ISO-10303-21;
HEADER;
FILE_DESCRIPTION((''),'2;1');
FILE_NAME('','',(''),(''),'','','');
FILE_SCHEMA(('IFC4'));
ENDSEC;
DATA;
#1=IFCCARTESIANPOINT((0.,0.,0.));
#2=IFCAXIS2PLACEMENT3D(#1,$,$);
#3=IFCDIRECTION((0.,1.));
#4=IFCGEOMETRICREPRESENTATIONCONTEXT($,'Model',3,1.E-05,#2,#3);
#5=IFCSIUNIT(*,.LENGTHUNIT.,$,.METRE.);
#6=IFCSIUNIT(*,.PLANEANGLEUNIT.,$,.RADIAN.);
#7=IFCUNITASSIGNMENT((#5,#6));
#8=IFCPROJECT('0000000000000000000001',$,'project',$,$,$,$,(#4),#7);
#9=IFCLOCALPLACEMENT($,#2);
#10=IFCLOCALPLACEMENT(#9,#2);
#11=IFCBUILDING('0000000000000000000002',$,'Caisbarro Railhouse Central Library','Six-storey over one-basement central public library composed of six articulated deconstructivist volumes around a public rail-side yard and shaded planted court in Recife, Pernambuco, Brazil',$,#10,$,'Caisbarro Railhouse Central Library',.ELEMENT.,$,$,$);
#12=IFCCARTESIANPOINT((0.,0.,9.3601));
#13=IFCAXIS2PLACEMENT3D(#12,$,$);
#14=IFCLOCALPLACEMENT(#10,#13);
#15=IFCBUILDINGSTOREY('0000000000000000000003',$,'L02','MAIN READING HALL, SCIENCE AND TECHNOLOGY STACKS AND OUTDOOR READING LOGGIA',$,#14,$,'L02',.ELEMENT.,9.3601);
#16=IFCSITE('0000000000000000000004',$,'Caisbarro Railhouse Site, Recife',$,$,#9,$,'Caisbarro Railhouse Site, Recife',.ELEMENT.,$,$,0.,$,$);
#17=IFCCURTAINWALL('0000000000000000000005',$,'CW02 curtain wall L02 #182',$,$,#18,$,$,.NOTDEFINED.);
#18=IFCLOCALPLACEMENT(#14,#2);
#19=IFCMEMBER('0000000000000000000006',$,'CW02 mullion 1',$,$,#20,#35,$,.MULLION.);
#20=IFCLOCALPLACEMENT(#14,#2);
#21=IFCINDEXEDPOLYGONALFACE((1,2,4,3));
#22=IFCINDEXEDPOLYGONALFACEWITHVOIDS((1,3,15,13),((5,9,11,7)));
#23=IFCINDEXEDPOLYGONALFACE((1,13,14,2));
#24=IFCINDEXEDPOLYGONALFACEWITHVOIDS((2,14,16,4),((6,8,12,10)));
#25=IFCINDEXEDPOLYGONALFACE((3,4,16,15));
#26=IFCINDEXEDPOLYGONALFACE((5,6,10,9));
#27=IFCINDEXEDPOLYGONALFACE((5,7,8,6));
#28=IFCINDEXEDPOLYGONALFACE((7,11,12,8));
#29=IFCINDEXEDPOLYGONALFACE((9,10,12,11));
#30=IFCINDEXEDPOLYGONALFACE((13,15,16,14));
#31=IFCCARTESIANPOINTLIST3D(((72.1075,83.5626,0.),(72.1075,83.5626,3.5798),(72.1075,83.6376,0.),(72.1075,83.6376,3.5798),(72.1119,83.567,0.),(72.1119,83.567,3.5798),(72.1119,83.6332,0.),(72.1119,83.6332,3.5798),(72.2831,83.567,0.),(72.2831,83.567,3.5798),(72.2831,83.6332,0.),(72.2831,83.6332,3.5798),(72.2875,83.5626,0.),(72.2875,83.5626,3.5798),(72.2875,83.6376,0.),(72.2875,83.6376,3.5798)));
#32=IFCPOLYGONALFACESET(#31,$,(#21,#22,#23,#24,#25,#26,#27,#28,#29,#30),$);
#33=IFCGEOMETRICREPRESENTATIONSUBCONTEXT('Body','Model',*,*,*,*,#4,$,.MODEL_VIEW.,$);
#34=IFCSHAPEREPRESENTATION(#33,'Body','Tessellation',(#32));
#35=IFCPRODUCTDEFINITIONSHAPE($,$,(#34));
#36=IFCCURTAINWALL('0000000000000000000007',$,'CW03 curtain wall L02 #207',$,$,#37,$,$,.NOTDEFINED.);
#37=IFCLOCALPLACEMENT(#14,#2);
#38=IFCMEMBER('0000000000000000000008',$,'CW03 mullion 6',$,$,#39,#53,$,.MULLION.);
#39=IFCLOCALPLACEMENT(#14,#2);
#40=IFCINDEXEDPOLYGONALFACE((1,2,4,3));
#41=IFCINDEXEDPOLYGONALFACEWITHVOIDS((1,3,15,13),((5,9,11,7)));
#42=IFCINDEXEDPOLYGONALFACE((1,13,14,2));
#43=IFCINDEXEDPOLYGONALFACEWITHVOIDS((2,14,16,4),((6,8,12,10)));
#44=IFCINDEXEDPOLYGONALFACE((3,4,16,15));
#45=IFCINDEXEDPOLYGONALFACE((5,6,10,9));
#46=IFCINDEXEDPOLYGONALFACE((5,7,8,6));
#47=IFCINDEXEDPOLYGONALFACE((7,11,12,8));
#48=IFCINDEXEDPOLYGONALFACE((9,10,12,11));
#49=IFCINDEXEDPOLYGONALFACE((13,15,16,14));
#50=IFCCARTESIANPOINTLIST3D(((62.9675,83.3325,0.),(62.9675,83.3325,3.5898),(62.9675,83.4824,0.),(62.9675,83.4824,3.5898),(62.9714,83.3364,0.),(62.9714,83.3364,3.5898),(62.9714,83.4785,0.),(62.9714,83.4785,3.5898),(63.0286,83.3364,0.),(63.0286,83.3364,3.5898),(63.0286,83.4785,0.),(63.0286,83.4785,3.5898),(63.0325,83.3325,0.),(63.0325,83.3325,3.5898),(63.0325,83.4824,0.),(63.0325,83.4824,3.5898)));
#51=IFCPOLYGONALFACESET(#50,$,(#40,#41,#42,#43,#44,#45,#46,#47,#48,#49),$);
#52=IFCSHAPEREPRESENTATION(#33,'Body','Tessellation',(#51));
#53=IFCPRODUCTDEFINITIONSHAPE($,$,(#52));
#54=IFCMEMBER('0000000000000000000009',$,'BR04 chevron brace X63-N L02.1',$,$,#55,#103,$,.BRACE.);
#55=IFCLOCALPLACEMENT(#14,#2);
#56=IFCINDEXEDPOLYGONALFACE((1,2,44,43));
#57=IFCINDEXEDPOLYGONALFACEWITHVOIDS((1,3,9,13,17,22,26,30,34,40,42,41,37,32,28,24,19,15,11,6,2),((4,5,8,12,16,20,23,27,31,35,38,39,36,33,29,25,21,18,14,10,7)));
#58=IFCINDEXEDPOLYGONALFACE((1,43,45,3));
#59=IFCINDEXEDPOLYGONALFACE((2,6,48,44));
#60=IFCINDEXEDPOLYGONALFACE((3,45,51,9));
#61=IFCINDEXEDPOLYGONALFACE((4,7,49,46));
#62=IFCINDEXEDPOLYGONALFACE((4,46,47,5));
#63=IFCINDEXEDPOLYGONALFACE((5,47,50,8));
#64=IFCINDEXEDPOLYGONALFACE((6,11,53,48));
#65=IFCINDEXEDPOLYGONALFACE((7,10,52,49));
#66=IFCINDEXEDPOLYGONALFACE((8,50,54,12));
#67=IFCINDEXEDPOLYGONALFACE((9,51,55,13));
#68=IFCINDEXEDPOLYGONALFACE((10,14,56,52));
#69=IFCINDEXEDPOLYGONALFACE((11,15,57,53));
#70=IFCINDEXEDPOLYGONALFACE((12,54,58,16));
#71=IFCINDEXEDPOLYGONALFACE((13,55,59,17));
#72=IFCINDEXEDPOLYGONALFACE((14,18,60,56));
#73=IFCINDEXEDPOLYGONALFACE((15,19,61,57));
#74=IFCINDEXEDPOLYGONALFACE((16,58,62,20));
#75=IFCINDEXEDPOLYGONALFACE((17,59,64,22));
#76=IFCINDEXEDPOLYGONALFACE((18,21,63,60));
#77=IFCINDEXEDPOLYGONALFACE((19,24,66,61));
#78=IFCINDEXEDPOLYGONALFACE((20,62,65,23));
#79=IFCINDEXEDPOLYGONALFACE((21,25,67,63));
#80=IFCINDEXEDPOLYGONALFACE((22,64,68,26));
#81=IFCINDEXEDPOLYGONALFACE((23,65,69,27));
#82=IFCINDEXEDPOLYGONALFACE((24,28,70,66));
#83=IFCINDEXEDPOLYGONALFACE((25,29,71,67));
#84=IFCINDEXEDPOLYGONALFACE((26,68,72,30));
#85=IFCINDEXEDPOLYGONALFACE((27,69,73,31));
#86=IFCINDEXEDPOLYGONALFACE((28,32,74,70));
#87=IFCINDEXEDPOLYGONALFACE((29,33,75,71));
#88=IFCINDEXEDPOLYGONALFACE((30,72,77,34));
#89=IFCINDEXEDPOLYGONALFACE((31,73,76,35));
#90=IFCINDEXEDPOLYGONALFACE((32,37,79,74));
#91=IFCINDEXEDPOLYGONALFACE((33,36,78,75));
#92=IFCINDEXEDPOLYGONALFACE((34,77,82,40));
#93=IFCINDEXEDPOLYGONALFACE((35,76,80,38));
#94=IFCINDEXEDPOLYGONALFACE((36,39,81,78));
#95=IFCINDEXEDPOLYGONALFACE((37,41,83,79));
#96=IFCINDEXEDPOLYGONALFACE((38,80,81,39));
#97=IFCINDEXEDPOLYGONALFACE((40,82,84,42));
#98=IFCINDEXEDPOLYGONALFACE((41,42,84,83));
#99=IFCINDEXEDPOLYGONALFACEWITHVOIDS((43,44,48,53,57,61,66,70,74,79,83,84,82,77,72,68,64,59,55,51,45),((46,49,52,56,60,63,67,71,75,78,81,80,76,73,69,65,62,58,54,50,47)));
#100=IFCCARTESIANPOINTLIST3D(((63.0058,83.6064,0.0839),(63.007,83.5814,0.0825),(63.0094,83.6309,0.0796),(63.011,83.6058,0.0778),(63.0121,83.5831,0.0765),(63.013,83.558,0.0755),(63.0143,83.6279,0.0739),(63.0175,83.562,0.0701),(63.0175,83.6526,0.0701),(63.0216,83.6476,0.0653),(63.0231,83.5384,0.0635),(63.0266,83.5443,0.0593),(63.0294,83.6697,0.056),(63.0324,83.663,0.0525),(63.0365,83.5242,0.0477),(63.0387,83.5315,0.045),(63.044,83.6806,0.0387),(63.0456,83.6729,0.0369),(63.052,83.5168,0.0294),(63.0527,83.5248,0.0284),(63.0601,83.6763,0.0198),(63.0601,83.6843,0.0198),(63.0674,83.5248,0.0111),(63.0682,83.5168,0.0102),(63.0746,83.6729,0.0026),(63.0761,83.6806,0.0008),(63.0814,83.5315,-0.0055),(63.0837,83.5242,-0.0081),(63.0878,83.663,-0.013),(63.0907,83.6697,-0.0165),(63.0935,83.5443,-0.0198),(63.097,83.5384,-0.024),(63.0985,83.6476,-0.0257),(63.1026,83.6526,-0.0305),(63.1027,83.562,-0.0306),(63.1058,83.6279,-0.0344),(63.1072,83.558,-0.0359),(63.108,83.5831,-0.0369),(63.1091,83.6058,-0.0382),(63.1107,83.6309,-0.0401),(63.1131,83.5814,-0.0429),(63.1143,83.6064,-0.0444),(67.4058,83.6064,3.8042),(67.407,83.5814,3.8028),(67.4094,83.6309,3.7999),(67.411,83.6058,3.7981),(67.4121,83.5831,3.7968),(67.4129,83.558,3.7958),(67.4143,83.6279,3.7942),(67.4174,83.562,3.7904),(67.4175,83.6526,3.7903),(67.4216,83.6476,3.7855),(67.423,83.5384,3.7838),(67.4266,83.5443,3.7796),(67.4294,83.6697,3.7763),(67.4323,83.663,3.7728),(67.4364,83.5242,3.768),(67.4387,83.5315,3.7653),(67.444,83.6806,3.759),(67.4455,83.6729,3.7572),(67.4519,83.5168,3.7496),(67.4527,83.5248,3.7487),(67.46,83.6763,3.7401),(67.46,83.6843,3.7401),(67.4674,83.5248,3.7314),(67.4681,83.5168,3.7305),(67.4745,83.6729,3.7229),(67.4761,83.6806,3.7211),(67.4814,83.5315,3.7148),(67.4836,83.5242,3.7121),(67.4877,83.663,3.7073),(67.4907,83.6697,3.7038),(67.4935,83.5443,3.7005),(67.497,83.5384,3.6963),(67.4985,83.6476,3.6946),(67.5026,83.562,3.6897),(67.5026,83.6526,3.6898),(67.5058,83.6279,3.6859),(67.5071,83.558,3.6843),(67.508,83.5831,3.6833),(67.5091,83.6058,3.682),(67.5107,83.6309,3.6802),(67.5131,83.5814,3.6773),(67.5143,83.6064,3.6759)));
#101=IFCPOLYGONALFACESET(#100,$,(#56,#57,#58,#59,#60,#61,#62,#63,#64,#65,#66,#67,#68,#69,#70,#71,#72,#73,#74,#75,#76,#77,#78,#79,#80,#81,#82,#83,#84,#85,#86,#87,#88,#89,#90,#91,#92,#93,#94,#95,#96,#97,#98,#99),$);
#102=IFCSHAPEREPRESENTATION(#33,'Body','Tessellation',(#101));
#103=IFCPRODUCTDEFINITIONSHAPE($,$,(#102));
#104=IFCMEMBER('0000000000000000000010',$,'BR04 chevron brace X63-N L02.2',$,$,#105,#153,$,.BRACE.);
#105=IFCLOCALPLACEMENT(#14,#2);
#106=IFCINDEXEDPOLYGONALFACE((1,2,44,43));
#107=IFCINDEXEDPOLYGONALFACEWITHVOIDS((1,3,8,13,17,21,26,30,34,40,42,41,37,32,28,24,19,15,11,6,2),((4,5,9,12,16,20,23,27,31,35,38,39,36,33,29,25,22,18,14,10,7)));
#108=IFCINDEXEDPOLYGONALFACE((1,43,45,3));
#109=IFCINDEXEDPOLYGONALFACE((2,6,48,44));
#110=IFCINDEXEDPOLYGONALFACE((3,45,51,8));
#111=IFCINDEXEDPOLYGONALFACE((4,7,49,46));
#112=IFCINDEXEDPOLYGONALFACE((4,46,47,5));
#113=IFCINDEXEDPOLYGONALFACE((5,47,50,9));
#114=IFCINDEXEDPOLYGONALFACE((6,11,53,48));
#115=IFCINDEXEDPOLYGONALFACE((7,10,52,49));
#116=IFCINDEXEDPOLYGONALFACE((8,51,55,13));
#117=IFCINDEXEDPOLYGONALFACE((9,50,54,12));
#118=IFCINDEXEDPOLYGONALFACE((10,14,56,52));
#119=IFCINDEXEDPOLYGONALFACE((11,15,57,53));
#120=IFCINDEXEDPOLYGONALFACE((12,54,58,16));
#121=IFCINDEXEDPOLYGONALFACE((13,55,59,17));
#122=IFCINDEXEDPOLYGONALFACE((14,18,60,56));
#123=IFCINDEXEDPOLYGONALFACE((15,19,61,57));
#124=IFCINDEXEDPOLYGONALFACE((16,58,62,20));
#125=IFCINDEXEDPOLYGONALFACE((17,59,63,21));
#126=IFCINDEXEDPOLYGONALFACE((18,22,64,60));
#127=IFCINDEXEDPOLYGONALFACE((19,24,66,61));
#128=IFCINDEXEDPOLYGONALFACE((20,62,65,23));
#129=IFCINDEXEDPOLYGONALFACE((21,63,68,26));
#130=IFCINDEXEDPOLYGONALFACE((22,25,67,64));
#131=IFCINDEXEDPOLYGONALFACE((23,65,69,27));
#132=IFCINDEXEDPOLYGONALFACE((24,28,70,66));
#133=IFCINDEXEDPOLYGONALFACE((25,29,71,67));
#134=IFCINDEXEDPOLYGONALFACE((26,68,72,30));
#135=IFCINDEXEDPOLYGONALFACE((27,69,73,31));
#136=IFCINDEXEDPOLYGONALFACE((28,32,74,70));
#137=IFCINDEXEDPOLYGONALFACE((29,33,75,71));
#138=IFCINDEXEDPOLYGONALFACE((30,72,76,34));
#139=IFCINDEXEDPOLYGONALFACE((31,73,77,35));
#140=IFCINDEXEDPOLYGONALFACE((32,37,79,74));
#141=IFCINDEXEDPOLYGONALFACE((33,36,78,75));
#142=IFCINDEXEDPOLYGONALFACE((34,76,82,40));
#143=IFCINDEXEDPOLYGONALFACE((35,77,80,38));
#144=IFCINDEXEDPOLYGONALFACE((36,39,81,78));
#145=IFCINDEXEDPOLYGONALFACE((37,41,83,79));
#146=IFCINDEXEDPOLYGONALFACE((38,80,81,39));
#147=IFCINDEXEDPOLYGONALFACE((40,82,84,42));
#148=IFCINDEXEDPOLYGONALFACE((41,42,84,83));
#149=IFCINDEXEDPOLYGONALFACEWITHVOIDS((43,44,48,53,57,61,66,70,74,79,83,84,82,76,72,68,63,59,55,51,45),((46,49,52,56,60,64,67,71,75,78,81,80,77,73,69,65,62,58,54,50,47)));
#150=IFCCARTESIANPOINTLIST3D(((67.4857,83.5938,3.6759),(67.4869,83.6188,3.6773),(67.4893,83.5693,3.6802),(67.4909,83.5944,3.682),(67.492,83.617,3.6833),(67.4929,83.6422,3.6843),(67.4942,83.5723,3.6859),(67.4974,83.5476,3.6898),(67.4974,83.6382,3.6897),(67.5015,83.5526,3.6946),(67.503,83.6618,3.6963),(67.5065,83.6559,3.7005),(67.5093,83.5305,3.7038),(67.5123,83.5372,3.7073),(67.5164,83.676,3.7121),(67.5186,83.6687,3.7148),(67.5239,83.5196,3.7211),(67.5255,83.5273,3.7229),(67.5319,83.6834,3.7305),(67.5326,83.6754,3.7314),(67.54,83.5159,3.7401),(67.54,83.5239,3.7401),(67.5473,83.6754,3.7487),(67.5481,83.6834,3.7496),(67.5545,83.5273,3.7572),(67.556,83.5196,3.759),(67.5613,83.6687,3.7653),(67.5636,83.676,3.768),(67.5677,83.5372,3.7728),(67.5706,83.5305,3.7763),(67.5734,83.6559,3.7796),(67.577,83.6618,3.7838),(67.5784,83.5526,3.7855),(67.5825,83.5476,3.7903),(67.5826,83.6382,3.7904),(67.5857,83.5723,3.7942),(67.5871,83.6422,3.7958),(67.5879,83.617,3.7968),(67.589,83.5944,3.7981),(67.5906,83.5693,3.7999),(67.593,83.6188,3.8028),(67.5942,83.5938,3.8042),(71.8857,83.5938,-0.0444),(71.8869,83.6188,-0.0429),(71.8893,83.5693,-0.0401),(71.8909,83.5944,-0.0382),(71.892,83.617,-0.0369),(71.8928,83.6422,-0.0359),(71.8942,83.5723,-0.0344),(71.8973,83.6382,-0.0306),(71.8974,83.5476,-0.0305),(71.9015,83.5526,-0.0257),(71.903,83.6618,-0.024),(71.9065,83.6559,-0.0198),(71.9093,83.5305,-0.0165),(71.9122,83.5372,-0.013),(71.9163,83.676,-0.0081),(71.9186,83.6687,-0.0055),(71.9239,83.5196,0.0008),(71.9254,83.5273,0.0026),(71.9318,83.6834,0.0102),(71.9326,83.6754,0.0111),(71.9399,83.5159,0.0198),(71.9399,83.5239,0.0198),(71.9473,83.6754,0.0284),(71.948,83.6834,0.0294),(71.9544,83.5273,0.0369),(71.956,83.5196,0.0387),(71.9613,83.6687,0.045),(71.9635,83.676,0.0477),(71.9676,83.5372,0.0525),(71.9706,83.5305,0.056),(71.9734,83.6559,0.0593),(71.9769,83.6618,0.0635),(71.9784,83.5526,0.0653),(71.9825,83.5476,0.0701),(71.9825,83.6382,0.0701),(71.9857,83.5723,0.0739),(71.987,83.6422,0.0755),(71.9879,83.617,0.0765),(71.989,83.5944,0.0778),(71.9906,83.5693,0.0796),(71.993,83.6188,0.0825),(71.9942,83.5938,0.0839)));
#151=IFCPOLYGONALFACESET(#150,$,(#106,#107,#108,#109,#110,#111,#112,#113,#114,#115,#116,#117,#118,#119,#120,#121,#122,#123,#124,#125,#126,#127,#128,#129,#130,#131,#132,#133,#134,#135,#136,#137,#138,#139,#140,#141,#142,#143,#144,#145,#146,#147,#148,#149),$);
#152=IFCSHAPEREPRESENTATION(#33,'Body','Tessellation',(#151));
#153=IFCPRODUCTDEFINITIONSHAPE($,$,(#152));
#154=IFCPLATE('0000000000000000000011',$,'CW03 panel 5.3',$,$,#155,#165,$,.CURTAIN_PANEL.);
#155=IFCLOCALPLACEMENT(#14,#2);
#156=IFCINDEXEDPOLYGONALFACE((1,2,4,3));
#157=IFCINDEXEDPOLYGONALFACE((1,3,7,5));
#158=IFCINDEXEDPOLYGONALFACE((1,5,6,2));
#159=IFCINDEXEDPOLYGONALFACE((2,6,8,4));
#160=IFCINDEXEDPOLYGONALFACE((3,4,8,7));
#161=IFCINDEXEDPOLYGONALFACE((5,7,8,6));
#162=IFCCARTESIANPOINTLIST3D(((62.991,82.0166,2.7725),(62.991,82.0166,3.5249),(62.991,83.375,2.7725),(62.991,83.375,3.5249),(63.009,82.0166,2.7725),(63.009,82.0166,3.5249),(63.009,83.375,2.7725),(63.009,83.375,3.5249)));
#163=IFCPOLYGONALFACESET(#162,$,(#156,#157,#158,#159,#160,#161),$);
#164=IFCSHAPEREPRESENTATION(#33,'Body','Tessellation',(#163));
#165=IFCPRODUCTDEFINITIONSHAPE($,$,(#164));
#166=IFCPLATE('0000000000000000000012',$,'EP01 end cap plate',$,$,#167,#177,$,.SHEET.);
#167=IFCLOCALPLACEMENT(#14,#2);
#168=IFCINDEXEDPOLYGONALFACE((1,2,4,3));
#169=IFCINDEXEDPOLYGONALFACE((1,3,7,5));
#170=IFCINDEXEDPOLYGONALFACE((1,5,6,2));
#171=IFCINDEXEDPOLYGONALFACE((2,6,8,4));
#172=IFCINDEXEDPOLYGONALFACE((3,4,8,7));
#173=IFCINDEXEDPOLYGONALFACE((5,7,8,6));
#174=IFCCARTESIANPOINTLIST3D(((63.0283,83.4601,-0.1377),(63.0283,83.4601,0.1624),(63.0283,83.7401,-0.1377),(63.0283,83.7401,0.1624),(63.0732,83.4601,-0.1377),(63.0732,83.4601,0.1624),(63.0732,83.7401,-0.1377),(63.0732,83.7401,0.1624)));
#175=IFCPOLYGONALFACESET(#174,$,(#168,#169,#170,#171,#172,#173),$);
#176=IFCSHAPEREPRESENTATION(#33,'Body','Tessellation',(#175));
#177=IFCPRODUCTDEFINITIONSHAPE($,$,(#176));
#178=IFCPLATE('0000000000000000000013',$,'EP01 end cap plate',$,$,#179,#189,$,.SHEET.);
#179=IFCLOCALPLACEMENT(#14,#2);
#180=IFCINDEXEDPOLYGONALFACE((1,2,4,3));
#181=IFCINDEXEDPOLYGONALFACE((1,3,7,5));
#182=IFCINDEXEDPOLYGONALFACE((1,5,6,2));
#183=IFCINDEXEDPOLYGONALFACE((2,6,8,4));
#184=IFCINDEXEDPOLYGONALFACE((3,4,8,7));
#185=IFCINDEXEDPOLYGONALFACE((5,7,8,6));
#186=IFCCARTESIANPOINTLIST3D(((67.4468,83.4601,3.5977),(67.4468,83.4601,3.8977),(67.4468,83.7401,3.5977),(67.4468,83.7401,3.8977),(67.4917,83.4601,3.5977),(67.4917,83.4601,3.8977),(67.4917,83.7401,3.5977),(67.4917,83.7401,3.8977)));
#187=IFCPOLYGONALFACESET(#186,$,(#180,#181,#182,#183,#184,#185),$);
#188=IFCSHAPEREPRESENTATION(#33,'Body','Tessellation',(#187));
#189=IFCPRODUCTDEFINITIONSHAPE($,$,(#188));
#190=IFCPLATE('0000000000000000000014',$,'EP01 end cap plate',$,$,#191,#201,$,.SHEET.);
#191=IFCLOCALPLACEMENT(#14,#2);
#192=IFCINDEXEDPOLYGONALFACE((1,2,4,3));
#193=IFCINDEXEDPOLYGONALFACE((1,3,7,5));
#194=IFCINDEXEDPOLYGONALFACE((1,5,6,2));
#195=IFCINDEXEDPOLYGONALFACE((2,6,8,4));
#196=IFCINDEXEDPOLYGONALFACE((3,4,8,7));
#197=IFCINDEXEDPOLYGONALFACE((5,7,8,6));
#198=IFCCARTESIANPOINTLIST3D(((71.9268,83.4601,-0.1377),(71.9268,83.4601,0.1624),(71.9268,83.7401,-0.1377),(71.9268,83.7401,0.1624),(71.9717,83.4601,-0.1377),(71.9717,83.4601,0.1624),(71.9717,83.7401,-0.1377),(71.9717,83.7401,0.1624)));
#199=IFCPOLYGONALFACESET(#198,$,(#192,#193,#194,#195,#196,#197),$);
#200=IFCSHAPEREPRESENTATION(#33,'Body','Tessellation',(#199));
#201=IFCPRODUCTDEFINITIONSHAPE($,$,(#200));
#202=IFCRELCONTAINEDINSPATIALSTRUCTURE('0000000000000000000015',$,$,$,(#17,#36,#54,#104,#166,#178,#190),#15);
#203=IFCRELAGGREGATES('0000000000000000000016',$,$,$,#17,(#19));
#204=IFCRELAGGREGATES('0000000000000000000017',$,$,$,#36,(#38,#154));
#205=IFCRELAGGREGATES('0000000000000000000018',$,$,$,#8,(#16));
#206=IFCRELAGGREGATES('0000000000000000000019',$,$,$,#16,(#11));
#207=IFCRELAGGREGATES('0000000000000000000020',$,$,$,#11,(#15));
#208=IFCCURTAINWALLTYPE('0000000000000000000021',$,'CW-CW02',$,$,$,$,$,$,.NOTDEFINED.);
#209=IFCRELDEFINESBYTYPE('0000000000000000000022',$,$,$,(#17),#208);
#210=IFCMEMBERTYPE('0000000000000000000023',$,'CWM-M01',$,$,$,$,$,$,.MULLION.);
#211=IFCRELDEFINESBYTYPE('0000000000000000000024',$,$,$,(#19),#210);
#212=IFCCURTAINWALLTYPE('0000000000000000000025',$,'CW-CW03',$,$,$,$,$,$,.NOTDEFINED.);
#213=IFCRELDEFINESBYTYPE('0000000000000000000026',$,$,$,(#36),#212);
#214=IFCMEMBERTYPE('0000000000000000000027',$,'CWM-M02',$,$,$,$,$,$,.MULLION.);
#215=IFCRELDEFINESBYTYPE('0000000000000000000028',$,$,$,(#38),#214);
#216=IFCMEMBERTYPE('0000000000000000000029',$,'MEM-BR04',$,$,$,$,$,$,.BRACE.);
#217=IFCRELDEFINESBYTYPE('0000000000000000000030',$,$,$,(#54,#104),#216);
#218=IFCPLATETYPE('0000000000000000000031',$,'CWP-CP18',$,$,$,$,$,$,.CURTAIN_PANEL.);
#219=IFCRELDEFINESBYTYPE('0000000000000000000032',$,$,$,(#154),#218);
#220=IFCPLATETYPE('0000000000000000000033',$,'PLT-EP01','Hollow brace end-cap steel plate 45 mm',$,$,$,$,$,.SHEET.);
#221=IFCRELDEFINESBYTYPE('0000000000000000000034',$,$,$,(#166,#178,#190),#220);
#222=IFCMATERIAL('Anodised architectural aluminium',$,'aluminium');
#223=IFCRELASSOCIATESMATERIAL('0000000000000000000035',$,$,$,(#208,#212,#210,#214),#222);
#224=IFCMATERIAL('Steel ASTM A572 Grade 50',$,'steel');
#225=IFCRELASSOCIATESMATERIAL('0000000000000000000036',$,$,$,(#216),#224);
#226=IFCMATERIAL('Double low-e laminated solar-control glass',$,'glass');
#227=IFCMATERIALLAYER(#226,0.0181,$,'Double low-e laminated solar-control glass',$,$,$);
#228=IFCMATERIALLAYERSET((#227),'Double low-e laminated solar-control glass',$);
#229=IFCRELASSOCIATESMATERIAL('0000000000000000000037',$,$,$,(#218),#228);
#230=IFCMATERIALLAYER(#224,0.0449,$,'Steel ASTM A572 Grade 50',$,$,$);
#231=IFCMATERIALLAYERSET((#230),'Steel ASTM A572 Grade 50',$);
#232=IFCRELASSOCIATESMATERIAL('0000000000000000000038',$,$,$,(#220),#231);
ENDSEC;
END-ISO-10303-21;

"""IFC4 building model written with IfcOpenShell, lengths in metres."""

from ifc_helpers import new_model, si_unit, direction, frame, origin, origin_2d, place, context, subcontext, project, spatial, rectangle, hollow_rectangle, hollow_circle, extrude, material, layer, layer_set, material_profile, profile_set, type_object, element, aggregate, save


model = new_model("IFC4")

# Units and contexts
model_context = context("Model", 3, precision=1e-05, world=origin(), true_north=direction((0.0, 1.0)))
body_context = subcontext(model_context, "Body", "Model", "MODEL_VIEW")
ifc_project = project(units=[si_unit("LENGTHUNIT", "METRE"), si_unit("PLANEANGLEUNIT", "RADIAN")], contexts=[model_context])

# Site, building, storey
site_placement = place(None, origin())
site = spatial("IfcSite", under=ifc_project, at=site_placement, Name="Caisbarro Railhouse Site, Recife", LongName="Caisbarro Railhouse Site, Recife", CompositionType="ELEMENT", RefElevation=0.0)
building_placement = place(site_placement, origin())
building = spatial("IfcBuilding", under=site, at=building_placement, Name="Caisbarro Railhouse Central Library", Description="Six-storey over one-basement central public library composed of six articulated deconstructivist volumes around a public rail-side yard and shaded planted court in Recife, Pernambuco, Brazil", LongName="Caisbarro Railhouse Central Library", CompositionType="ELEMENT")
storey_placement = place(building_placement, frame((0.0, 0.0, 9.3601)))
storey = spatial("IfcBuildingStorey", under=building, at=storey_placement, Name="L02", Description="MAIN READING HALL, SCIENCE AND TECHNOLOGY STACKS AND OUTDOOR READING LOGGIA", LongName="L02", CompositionType="ELEMENT", Elevation=9.3601)

# Shared definitions
ifc_material_1 = material(Name="Steel ASTM A572 Grade 50", Category="steel")

# Curtain walls, members
ifc_material_2 = material(Name="Anodised architectural aluminium", Category="aluminium")
curtain_wall_type_1 = type_object("IfcCurtainWallType", Name="CW-CW02", PredefinedType="NOTDEFINED", material=ifc_material_2)
curtain_wall_1_placement = place(storey_placement, origin())
curtain_wall_1 = element("IfcCurtainWall", 1, at=curtain_wall_1_placement, inside=storey, type_object=curtain_wall_type_1, Name="CW02 curtain wall L02 #182", PredefinedType="NOTDEFINED")
ifc_material_profile_1 = material_profile(ifc_material_2, hollow_rectangle(XDim=0.075, YDim=0.1799, WallThickness=0.0044, at=origin_2d()), Name="ALU-MUL-75X180")
ifc_profile_set_1 = profile_set([ifc_material_profile_1], Name="Anodised architectural aluminium")
member_type_1 = type_object("IfcMemberType", Name="CWM-M01", PredefinedType="MULLION", material=ifc_profile_set_1)
member_1_placement = place(storey_placement, frame((72.1975, 83.6001, 0.0), z_axis=(0.0, 0.0, 1.0), x_axis=(0.0, 1.0, 0.0)))
member_1 = element("IfcMember", 2, at=member_1_placement, type_object=member_type_1, Name="CW02 mullion 1", PredefinedType="MULLION", context=body_context, shape_type="SweptSolid", body=[
    extrude(hollow_rectangle(XDim=0.075, YDim=0.1799, WallThickness=0.0044, at=origin_2d()), origin(), (0.0, 0.0, 1.0), 3.5798),
])
aggregate(curtain_wall_1, [member_1])
curtain_wall_type_2 = type_object("IfcCurtainWallType", Name="CW-CW03", PredefinedType="NOTDEFINED", material=ifc_material_2)
curtain_wall_2_placement = place(storey_placement, origin())
curtain_wall_2 = element("IfcCurtainWall", 3, at=curtain_wall_2_placement, inside=storey, type_object=curtain_wall_type_2, Name="CW03 curtain wall L02 #207", PredefinedType="NOTDEFINED")
ifc_material_profile_2 = material_profile(ifc_material_2, hollow_rectangle(XDim=0.0649, YDim=0.1499, WallThickness=0.0039, at=origin_2d()), Name="ALU-MUL-65X150")
ifc_profile_set_2 = profile_set([ifc_material_profile_2], Name="Anodised architectural aluminium")
member_type_2 = type_object("IfcMemberType", Name="CWM-M02", PredefinedType="MULLION", material=ifc_profile_set_2)
member_2_placement = place(storey_placement, frame((63.0, 83.4075, 0.0), z_axis=(0.0, 0.0, 1.0), x_axis=(-1.0, 0.0, 0.0)))
member_2 = element("IfcMember", 4, at=member_2_placement, type_object=member_type_2, Name="CW03 mullion 6", PredefinedType="MULLION", context=body_context, shape_type="SweptSolid", body=[
    extrude(hollow_rectangle(XDim=0.0649, YDim=0.1499, WallThickness=0.0039, at=origin_2d()), origin(), (0.0, 0.0, 1.0), 3.5898),
])

# Members
ifc_material_profile_3 = material_profile(ifc_material_1, hollow_circle(Radius=0.0842, WallThickness=0.0081, at=origin_2d()), Name="CHS168.3X8")
ifc_profile_set_3 = profile_set([ifc_material_profile_3], Name="Steel ASTM A572 Grade 50")
member_type_3 = type_object("IfcMemberType", Name="MEM-BR04", PredefinedType="BRACE", material=ifc_profile_set_3)
for number, where, z_axis, x_axis, name in (
    (5, (63.0601, 83.6001, 0.0198), (0.763624, 0.0, 0.645661), (0.0, 1.0, 0.0), "BR04 chevron brace X63-N L02.1"),
    (6, (71.9399, 83.6001, 0.0198), (-0.763624, 0.0, 0.645661), (0.0, -1.0, 0.0), "BR04 chevron brace X63-N L02.2"),
):
    element("IfcMember", number, at=place(storey_placement, frame(where, z_axis=z_axis, x_axis=x_axis)), inside=storey, type_object=member_type_3, Name=name, PredefinedType="BRACE", context=body_context, shape_type="SweptSolid", body=[
        extrude(hollow_circle(Radius=0.0842, WallThickness=0.0081, at=origin_2d()), origin(), (0.0, 0.0, 1.0), 5.762),
    ])

# Plate
ifc_material_3 = material(Name="Double low-e laminated solar-control glass", Category="glass")
ifc_layer_1 = layer(ifc_material_3, 0.0181, Name="Double low-e laminated solar-control glass")
ifc_layer_set_1 = layer_set([ifc_layer_1], Name="Double low-e laminated solar-control glass")
plate_type_1 = type_object("IfcPlateType", Name="CWP-CP18", PredefinedType="CURTAIN_PANEL", material=ifc_layer_set_1)
plate_placement = place(storey_placement, frame((63.0, 82.6958, 2.7725), z_axis=(0.0, 0.0, 1.0), x_axis=(0.0, 1.0, 0.0)))
plate = element("IfcPlate", 7, at=plate_placement, type_object=plate_type_1, Name="CW03 panel 5.3", PredefinedType="CURTAIN_PANEL", context=body_context, shape_type="SweptSolid", body=[
    extrude(rectangle(XDim=1.3584, YDim=0.0181, at=origin_2d()), origin(), (0.0, 0.0, 1.0), 0.7524),
])
aggregate(curtain_wall_2, [member_2, plate])

# Plates
ifc_layer_2 = layer(ifc_material_1, 0.0449, Name="Steel ASTM A572 Grade 50")
ifc_layer_set_2 = layer_set([ifc_layer_2], Name="Steel ASTM A572 Grade 50")
plate_type_2 = type_object("IfcPlateType", Name="PLT-EP01", Description="Hollow brace end-cap steel plate 45 mm", PredefinedType="SHEET", material=ifc_layer_set_2)
for number, where, z_axis, x_axis, name in (
    (8, (63.0508, 83.6001, -0.1377), (0.0, 0.0, 1.0), (1.0, 0.0, 0.0), "EP01 end cap plate"),
    (9, (67.4692, 83.6001, 3.5977), (0.0, 0.0, 1.0), (1.0, 0.0, 0.0), "EP01 end cap plate"),
    (10, (71.9492, 83.6001, -0.1377), (0.0, 0.0, 1.0), (-1.0, 0.0, 0.0), "EP01 end cap plate"),
):
    element("IfcPlate", number, at=place(storey_placement, frame(where, z_axis=z_axis, x_axis=x_axis)), inside=storey, type_object=plate_type_2, Name=name, PredefinedType="SHEET", context=body_context, shape_type="SweptSolid", body=[
        extrude(rectangle(XDim=0.0449, YDim=0.28, at=origin_2d()), origin(), (0.0, 0.0, 1.0), 0.3),
    ])

save(model, "model.ifc")
